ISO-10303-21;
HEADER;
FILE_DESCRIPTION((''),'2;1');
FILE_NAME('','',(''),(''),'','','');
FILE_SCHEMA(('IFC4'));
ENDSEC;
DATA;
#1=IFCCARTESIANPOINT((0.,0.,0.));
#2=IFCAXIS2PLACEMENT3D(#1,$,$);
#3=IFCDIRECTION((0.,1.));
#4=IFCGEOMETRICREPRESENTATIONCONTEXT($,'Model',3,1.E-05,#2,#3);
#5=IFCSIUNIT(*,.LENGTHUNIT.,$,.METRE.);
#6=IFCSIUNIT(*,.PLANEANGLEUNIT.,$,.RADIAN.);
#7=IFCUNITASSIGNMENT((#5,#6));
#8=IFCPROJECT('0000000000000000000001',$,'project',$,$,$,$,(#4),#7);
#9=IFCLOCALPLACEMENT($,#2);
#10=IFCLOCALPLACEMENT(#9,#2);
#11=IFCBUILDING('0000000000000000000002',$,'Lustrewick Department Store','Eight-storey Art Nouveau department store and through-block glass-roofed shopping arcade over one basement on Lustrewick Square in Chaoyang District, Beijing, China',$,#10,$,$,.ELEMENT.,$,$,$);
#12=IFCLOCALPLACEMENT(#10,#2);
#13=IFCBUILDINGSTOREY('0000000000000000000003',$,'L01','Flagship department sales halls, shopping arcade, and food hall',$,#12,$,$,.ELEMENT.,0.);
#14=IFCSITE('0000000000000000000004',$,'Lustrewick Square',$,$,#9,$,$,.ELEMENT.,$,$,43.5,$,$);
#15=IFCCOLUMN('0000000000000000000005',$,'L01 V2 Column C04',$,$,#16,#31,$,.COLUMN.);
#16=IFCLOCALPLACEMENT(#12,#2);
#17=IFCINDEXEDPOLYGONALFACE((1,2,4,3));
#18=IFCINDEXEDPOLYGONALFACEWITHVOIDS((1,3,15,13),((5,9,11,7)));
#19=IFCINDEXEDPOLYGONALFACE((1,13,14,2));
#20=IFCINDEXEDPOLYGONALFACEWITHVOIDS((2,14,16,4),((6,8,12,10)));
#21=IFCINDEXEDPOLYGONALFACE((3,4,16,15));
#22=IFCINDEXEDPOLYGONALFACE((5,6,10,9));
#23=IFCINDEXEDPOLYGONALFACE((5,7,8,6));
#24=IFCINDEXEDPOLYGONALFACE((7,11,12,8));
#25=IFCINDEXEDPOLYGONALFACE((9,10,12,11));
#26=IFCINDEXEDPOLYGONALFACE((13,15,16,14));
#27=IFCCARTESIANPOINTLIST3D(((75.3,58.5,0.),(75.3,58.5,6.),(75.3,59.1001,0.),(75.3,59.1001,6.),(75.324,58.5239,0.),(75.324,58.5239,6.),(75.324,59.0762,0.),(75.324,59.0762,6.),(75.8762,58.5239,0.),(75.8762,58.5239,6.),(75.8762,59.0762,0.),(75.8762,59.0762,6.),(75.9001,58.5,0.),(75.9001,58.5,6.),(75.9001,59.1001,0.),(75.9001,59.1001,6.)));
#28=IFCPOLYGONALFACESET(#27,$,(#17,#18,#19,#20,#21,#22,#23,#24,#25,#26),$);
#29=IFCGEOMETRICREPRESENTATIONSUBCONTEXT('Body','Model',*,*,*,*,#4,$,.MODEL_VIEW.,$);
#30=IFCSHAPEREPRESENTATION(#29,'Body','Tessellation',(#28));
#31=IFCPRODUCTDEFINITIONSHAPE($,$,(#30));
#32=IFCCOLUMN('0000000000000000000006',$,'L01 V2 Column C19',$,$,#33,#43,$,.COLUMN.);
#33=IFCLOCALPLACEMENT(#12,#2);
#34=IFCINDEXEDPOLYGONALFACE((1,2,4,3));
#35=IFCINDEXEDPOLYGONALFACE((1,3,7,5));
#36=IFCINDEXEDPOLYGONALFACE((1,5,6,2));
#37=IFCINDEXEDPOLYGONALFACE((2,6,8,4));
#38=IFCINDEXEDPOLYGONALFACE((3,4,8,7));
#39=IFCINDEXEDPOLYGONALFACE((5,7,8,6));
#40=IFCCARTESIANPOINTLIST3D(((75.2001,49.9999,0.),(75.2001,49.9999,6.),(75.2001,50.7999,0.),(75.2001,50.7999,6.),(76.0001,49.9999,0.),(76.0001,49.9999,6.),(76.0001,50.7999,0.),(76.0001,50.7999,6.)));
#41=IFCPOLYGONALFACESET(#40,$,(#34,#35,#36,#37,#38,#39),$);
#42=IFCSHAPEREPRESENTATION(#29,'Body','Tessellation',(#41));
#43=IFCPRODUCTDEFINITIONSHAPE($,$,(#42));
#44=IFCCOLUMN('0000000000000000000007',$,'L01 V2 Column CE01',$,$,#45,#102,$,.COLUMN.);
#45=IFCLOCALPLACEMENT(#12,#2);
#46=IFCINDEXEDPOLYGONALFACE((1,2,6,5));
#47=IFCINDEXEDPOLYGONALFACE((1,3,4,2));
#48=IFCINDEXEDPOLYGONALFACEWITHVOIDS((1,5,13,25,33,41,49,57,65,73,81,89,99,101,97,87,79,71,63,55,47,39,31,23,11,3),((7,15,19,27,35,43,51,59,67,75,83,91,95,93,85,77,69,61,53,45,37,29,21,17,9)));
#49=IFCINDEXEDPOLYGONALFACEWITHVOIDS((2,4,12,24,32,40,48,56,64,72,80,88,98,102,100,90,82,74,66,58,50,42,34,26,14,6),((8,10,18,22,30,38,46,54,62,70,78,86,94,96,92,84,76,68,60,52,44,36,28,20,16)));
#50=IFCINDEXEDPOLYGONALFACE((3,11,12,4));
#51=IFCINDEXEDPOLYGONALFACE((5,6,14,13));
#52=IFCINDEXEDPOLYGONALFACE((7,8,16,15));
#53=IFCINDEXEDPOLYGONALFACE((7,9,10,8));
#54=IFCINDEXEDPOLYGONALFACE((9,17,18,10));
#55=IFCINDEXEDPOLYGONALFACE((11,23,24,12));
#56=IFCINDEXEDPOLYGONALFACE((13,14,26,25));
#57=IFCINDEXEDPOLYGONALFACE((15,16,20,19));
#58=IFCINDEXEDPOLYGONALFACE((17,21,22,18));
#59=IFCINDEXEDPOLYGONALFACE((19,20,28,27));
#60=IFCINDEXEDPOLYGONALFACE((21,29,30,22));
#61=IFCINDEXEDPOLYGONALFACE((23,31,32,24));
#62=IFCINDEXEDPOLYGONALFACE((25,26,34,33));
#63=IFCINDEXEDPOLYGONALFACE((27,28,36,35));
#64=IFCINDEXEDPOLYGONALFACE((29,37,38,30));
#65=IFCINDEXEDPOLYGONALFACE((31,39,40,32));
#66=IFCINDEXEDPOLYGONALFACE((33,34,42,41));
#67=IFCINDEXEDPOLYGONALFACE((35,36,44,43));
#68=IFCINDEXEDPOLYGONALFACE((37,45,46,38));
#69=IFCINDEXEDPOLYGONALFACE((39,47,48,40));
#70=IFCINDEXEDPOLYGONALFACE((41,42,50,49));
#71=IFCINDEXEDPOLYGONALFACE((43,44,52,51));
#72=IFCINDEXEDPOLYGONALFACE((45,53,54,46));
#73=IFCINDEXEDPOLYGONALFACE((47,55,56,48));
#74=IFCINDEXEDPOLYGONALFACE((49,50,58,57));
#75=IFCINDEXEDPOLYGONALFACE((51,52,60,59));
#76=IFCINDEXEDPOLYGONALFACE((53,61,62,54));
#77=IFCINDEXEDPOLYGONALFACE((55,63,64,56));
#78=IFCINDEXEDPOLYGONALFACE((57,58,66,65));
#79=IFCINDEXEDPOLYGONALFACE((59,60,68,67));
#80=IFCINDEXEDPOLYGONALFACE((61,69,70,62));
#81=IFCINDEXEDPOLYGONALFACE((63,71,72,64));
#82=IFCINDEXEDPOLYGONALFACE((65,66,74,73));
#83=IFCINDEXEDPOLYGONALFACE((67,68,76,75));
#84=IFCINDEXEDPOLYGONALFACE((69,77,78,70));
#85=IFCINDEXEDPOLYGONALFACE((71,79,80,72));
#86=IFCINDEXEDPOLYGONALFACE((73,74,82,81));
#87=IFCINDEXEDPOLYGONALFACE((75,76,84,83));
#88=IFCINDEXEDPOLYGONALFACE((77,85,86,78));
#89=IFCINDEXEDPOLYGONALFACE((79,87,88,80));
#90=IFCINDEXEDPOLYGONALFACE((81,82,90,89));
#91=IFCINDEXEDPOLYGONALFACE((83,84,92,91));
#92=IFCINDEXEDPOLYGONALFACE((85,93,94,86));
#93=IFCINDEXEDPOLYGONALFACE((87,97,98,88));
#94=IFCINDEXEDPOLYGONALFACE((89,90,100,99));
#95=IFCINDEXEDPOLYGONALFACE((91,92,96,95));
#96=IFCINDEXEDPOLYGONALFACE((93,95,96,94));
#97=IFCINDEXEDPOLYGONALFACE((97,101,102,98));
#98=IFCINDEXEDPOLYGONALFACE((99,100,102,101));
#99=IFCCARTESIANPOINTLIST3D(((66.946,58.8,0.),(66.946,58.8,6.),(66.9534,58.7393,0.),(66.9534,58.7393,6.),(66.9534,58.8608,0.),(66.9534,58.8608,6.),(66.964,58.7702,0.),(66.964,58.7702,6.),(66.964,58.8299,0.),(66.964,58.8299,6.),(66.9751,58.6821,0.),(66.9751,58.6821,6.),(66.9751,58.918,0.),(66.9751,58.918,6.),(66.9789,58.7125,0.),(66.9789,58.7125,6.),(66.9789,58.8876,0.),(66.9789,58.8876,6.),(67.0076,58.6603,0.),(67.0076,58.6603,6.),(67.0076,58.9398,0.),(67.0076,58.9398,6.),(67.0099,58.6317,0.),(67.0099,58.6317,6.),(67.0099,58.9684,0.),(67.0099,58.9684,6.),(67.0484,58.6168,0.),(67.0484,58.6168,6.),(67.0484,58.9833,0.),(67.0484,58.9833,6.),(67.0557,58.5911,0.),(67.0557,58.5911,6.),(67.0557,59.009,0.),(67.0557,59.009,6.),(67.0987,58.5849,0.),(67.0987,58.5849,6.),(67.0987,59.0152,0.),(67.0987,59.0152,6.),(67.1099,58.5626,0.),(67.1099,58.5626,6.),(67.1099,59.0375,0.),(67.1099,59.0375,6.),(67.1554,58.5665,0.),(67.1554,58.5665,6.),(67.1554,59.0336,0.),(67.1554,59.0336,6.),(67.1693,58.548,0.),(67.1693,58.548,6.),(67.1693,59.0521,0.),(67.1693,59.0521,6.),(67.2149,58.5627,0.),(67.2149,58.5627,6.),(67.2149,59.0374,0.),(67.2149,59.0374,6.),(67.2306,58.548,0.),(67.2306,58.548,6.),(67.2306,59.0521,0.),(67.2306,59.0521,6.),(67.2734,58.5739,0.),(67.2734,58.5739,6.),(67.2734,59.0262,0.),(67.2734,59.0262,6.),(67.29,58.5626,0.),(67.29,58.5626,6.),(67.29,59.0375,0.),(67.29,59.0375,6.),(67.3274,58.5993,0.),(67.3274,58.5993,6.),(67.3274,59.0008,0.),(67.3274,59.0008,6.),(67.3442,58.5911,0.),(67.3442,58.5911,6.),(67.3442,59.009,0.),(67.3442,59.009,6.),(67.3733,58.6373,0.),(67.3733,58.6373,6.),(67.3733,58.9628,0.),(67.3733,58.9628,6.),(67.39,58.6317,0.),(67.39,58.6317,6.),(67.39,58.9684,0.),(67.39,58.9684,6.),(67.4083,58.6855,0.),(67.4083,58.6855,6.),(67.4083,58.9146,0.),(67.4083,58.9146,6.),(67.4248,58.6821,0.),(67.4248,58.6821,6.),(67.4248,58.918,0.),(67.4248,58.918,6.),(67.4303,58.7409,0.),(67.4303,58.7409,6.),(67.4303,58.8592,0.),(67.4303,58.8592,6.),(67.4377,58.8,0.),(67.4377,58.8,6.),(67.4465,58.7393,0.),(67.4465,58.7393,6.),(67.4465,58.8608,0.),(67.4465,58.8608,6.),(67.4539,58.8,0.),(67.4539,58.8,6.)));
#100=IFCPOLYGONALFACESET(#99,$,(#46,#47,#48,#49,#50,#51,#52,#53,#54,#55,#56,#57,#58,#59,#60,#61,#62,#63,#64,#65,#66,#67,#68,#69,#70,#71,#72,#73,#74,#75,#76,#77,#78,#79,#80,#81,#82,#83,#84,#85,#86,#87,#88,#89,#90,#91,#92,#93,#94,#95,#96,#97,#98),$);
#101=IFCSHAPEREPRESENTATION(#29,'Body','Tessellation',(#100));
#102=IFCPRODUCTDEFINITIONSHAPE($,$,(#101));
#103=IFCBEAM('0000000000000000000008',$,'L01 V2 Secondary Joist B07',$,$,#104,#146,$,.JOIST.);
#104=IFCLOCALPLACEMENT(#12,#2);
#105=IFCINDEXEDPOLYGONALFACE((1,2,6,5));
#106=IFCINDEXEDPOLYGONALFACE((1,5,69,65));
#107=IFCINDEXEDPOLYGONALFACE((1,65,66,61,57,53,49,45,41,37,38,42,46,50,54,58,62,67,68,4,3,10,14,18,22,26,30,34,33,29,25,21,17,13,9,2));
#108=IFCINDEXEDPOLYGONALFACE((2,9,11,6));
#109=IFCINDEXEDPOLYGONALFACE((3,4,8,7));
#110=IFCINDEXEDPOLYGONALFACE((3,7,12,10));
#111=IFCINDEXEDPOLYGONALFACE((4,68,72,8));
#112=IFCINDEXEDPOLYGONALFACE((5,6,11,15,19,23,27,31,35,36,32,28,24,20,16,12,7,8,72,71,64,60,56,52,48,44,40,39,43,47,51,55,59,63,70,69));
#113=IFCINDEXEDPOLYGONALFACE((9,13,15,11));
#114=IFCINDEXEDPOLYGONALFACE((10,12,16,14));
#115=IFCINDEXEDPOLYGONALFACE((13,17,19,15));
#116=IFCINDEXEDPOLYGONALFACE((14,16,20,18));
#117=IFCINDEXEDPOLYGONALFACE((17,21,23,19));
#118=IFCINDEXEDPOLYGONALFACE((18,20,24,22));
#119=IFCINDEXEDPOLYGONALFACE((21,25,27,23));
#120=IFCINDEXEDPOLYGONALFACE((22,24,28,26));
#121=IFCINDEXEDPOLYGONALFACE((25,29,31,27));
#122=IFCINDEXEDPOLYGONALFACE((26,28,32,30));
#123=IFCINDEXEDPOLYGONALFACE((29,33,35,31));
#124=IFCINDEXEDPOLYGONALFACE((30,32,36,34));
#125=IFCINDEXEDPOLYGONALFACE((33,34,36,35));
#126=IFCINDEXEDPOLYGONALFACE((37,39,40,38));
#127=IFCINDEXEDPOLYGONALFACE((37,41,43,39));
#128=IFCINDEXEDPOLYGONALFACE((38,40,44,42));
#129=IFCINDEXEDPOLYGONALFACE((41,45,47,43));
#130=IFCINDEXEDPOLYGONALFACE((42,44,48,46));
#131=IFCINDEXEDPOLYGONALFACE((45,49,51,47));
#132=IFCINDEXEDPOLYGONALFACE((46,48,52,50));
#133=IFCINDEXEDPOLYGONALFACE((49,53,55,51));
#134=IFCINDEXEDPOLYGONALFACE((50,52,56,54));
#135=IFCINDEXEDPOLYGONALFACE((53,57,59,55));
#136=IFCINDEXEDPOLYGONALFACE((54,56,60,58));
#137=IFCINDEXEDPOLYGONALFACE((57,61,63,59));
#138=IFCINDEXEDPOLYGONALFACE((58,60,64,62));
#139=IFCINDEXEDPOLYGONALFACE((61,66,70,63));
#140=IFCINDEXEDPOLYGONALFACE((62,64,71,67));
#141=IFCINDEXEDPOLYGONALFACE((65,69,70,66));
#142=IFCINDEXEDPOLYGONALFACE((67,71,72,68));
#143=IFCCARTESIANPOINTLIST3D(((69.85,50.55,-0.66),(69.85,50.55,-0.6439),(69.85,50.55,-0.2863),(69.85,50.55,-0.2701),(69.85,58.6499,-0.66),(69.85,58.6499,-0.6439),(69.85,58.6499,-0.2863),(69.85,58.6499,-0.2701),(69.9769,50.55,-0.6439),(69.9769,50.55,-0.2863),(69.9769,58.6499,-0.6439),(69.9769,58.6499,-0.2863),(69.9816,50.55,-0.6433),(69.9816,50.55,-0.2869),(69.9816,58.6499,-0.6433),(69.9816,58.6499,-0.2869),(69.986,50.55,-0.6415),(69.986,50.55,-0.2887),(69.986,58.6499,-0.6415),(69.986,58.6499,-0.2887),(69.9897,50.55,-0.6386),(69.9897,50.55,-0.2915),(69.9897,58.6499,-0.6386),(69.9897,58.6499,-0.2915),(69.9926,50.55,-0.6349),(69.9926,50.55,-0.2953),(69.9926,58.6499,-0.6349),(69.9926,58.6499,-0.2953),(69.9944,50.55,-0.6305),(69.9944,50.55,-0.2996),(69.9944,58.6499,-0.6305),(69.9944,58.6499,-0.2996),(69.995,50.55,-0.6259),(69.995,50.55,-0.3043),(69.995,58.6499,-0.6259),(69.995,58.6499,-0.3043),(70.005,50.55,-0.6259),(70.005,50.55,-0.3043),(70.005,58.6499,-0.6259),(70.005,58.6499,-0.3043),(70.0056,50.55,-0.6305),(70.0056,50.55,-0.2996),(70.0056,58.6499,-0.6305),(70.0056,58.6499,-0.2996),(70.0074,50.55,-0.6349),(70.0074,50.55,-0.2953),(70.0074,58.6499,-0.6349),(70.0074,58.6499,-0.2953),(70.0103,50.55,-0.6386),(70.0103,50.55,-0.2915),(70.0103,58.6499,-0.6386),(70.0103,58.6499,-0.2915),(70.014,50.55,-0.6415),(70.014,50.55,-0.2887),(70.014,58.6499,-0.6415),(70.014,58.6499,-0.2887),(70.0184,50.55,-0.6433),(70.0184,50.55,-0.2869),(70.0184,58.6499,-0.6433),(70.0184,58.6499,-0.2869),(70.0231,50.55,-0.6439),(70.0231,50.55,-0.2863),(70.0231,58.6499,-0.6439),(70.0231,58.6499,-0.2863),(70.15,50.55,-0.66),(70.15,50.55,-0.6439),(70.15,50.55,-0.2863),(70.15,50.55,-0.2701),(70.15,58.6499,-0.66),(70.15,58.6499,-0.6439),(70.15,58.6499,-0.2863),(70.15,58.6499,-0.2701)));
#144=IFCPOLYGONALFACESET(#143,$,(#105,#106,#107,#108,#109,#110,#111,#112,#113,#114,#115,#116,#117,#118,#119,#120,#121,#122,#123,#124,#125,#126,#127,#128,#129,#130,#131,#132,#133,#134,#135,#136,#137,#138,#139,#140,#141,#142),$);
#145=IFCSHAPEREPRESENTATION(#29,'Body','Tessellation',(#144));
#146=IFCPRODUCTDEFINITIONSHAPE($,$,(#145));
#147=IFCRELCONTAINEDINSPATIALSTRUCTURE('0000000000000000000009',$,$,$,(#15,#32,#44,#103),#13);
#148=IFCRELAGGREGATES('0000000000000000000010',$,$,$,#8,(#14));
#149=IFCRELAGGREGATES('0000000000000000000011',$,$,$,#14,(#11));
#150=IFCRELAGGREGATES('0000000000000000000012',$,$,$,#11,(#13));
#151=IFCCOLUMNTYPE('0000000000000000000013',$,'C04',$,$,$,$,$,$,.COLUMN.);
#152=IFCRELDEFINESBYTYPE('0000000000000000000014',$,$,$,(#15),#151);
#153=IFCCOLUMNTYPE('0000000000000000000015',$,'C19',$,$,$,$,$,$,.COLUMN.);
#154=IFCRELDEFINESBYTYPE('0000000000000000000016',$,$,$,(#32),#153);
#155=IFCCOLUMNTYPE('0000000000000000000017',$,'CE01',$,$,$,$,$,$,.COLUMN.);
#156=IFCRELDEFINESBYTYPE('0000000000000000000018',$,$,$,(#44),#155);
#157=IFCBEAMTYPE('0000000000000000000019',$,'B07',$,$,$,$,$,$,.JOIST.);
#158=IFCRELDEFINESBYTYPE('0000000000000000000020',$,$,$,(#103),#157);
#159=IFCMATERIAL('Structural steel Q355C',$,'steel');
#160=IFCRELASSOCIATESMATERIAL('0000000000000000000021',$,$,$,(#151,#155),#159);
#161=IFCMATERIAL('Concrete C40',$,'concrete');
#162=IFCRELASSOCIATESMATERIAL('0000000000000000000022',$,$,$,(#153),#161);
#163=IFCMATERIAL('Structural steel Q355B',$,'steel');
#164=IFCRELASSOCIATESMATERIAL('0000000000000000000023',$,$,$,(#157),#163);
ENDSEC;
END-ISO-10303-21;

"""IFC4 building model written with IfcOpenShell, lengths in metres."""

from ifc_helpers import new_model, si_unit, direction, frame, origin, origin_2d, place, context, subcontext, project, spatial, rectangle, hollow_rectangle, hollow_circle, i_section, extrude, material, material_profile, profile_set, type_object, element, save


model = new_model("IFC4")

# Units and contexts
model_context = context("Model", 3, precision=1e-05, world=origin(), true_north=direction((0.0, 1.0)))
body_context = subcontext(model_context, "Body", "Model", "MODEL_VIEW")
ifc_project = project(units=[si_unit("LENGTHUNIT", "METRE"), si_unit("PLANEANGLEUNIT", "RADIAN")], contexts=[model_context])

# Site, building, storey
site_placement = place(None, origin())
site = spatial("IfcSite", under=ifc_project, at=site_placement, Name="Lustrewick Square", CompositionType="ELEMENT", RefElevation=43.5)
building_placement = place(site_placement, origin())
building = spatial("IfcBuilding", under=site, at=building_placement, Name="Lustrewick Department Store", Description="Eight-storey Art Nouveau department store and through-block glass-roofed shopping arcade over one basement on Lustrewick Square in Chaoyang District, Beijing, China", CompositionType="ELEMENT")
storey_placement = place(building_placement, origin())
storey = spatial("IfcBuildingStorey", under=building, at=storey_placement, Name="L01", Description="Flagship department sales halls, shopping arcade, and food hall", CompositionType="ELEMENT", Elevation=0.0)

# Columns
ifc_material_1 = material(Name="Structural steel Q355C", Category="steel")
ifc_material_profile_1 = material_profile(ifc_material_1, hollow_rectangle(XDim=0.6001, YDim=0.6001, WallThickness=0.0239, at=origin_2d()), Name="BOX 600x600x24")
ifc_profile_set_1 = profile_set([ifc_material_profile_1], Name="Structural steel Q355C")
column_type_1 = type_object("IfcColumnType", Name="C04", PredefinedType="COLUMN", material=ifc_profile_set_1)
column_1_placement = place(storey_placement, frame((75.6001, 58.8, 0.0), z_axis=(0.0, 0.0, 1.0), x_axis=(1.0, 0.0, 0.0)))
element("IfcColumn", 1, at=column_1_placement, inside=storey, type_object=column_type_1, Name="L01 V2 Column C04", PredefinedType="COLUMN", context=body_context, shape_type="SweptSolid", body=[
    extrude(hollow_rectangle(XDim=0.6001, YDim=0.6001, WallThickness=0.0239, at=origin_2d()), origin(), (0.0, 0.0, 1.0), 6.0),
])
ifc_material_2 = material(Name="Concrete C40", Category="concrete")
ifc_material_profile_2 = material_profile(ifc_material_2, rectangle(XDim=0.8, YDim=0.8, at=origin_2d()), Name="RC 800x800")
ifc_profile_set_2 = profile_set([ifc_material_profile_2], Name="Concrete C40")
column_type_2 = type_object("IfcColumnType", Name="C19", PredefinedType="COLUMN", material=ifc_profile_set_2)
column_2_placement = place(storey_placement, frame((75.6001, 50.3999, 0.0), z_axis=(0.0, 0.0, 1.0), x_axis=(1.0, 0.0, 0.0)))
element("IfcColumn", 2, at=column_2_placement, inside=storey, type_object=column_type_2, Name="L01 V2 Column C19", PredefinedType="COLUMN", context=body_context, shape_type="SweptSolid", body=[
    extrude(rectangle(XDim=0.8, YDim=0.8, at=origin_2d()), origin(), (0.0, 0.0, 1.0), 6.0),
])
ifc_material_profile_3 = material_profile(ifc_material_1, hollow_circle(Radius=0.2539, WallThickness=0.0161, at=origin_2d()), Name="CHS 508x16")
ifc_profile_set_3 = profile_set([ifc_material_profile_3], Name="Structural steel Q355C")
column_type_3 = type_object("IfcColumnType", Name="CE01", PredefinedType="COLUMN", material=ifc_profile_set_3)
column_3_placement = place(storey_placement, frame((67.2, 58.8, 0.0), z_axis=(0.0, 0.0, 1.0), x_axis=(1.0, 0.0, 0.0)))
element("IfcColumn", 3, at=column_3_placement, inside=storey, type_object=column_type_3, Name="L01 V2 Column CE01", PredefinedType="COLUMN", context=body_context, shape_type="SweptSolid", body=[
    extrude(hollow_circle(Radius=0.2539, WallThickness=0.0161, at=origin_2d()), origin(), (0.0, 0.0, 1.0), 6.0),
])

# Beam
ifc_material_3 = material(Name="Structural steel Q355B", Category="steel")
ifc_material_profile_4 = material_profile(ifc_material_3, i_section(OverallWidth=0.3, OverallDepth=0.3899, WebThickness=0.01, FlangeThickness=0.0161, FilletRadius=0.0181, at=origin_2d()), Name="HM 390x300x10x16")
ifc_profile_set_4 = profile_set([ifc_material_profile_4], Name="Structural steel Q355B")
beam_type_1 = type_object("IfcBeamType", Name="B07", PredefinedType="JOIST", material=ifc_profile_set_4)
beam_1_placement = place(storey_placement, frame((70.0, 50.55, -0.4651), z_axis=(0.0, 1.0, 0.0), x_axis=(-1.0, 0.0, 0.0)))
element("IfcBeam", 4, at=beam_1_placement, inside=storey, type_object=beam_type_1, Name="L01 V2 Secondary Joist B07", PredefinedType="JOIST", context=body_context, shape_type="SweptSolid", body=[
    extrude(i_section(OverallWidth=0.3, OverallDepth=0.3899, WebThickness=0.01, FlangeThickness=0.0161, FilletRadius=0.0181, at=origin_2d()), origin(), (0.0, 0.0, 1.0), 8.0999),
])

save(model, "model.ifc")
